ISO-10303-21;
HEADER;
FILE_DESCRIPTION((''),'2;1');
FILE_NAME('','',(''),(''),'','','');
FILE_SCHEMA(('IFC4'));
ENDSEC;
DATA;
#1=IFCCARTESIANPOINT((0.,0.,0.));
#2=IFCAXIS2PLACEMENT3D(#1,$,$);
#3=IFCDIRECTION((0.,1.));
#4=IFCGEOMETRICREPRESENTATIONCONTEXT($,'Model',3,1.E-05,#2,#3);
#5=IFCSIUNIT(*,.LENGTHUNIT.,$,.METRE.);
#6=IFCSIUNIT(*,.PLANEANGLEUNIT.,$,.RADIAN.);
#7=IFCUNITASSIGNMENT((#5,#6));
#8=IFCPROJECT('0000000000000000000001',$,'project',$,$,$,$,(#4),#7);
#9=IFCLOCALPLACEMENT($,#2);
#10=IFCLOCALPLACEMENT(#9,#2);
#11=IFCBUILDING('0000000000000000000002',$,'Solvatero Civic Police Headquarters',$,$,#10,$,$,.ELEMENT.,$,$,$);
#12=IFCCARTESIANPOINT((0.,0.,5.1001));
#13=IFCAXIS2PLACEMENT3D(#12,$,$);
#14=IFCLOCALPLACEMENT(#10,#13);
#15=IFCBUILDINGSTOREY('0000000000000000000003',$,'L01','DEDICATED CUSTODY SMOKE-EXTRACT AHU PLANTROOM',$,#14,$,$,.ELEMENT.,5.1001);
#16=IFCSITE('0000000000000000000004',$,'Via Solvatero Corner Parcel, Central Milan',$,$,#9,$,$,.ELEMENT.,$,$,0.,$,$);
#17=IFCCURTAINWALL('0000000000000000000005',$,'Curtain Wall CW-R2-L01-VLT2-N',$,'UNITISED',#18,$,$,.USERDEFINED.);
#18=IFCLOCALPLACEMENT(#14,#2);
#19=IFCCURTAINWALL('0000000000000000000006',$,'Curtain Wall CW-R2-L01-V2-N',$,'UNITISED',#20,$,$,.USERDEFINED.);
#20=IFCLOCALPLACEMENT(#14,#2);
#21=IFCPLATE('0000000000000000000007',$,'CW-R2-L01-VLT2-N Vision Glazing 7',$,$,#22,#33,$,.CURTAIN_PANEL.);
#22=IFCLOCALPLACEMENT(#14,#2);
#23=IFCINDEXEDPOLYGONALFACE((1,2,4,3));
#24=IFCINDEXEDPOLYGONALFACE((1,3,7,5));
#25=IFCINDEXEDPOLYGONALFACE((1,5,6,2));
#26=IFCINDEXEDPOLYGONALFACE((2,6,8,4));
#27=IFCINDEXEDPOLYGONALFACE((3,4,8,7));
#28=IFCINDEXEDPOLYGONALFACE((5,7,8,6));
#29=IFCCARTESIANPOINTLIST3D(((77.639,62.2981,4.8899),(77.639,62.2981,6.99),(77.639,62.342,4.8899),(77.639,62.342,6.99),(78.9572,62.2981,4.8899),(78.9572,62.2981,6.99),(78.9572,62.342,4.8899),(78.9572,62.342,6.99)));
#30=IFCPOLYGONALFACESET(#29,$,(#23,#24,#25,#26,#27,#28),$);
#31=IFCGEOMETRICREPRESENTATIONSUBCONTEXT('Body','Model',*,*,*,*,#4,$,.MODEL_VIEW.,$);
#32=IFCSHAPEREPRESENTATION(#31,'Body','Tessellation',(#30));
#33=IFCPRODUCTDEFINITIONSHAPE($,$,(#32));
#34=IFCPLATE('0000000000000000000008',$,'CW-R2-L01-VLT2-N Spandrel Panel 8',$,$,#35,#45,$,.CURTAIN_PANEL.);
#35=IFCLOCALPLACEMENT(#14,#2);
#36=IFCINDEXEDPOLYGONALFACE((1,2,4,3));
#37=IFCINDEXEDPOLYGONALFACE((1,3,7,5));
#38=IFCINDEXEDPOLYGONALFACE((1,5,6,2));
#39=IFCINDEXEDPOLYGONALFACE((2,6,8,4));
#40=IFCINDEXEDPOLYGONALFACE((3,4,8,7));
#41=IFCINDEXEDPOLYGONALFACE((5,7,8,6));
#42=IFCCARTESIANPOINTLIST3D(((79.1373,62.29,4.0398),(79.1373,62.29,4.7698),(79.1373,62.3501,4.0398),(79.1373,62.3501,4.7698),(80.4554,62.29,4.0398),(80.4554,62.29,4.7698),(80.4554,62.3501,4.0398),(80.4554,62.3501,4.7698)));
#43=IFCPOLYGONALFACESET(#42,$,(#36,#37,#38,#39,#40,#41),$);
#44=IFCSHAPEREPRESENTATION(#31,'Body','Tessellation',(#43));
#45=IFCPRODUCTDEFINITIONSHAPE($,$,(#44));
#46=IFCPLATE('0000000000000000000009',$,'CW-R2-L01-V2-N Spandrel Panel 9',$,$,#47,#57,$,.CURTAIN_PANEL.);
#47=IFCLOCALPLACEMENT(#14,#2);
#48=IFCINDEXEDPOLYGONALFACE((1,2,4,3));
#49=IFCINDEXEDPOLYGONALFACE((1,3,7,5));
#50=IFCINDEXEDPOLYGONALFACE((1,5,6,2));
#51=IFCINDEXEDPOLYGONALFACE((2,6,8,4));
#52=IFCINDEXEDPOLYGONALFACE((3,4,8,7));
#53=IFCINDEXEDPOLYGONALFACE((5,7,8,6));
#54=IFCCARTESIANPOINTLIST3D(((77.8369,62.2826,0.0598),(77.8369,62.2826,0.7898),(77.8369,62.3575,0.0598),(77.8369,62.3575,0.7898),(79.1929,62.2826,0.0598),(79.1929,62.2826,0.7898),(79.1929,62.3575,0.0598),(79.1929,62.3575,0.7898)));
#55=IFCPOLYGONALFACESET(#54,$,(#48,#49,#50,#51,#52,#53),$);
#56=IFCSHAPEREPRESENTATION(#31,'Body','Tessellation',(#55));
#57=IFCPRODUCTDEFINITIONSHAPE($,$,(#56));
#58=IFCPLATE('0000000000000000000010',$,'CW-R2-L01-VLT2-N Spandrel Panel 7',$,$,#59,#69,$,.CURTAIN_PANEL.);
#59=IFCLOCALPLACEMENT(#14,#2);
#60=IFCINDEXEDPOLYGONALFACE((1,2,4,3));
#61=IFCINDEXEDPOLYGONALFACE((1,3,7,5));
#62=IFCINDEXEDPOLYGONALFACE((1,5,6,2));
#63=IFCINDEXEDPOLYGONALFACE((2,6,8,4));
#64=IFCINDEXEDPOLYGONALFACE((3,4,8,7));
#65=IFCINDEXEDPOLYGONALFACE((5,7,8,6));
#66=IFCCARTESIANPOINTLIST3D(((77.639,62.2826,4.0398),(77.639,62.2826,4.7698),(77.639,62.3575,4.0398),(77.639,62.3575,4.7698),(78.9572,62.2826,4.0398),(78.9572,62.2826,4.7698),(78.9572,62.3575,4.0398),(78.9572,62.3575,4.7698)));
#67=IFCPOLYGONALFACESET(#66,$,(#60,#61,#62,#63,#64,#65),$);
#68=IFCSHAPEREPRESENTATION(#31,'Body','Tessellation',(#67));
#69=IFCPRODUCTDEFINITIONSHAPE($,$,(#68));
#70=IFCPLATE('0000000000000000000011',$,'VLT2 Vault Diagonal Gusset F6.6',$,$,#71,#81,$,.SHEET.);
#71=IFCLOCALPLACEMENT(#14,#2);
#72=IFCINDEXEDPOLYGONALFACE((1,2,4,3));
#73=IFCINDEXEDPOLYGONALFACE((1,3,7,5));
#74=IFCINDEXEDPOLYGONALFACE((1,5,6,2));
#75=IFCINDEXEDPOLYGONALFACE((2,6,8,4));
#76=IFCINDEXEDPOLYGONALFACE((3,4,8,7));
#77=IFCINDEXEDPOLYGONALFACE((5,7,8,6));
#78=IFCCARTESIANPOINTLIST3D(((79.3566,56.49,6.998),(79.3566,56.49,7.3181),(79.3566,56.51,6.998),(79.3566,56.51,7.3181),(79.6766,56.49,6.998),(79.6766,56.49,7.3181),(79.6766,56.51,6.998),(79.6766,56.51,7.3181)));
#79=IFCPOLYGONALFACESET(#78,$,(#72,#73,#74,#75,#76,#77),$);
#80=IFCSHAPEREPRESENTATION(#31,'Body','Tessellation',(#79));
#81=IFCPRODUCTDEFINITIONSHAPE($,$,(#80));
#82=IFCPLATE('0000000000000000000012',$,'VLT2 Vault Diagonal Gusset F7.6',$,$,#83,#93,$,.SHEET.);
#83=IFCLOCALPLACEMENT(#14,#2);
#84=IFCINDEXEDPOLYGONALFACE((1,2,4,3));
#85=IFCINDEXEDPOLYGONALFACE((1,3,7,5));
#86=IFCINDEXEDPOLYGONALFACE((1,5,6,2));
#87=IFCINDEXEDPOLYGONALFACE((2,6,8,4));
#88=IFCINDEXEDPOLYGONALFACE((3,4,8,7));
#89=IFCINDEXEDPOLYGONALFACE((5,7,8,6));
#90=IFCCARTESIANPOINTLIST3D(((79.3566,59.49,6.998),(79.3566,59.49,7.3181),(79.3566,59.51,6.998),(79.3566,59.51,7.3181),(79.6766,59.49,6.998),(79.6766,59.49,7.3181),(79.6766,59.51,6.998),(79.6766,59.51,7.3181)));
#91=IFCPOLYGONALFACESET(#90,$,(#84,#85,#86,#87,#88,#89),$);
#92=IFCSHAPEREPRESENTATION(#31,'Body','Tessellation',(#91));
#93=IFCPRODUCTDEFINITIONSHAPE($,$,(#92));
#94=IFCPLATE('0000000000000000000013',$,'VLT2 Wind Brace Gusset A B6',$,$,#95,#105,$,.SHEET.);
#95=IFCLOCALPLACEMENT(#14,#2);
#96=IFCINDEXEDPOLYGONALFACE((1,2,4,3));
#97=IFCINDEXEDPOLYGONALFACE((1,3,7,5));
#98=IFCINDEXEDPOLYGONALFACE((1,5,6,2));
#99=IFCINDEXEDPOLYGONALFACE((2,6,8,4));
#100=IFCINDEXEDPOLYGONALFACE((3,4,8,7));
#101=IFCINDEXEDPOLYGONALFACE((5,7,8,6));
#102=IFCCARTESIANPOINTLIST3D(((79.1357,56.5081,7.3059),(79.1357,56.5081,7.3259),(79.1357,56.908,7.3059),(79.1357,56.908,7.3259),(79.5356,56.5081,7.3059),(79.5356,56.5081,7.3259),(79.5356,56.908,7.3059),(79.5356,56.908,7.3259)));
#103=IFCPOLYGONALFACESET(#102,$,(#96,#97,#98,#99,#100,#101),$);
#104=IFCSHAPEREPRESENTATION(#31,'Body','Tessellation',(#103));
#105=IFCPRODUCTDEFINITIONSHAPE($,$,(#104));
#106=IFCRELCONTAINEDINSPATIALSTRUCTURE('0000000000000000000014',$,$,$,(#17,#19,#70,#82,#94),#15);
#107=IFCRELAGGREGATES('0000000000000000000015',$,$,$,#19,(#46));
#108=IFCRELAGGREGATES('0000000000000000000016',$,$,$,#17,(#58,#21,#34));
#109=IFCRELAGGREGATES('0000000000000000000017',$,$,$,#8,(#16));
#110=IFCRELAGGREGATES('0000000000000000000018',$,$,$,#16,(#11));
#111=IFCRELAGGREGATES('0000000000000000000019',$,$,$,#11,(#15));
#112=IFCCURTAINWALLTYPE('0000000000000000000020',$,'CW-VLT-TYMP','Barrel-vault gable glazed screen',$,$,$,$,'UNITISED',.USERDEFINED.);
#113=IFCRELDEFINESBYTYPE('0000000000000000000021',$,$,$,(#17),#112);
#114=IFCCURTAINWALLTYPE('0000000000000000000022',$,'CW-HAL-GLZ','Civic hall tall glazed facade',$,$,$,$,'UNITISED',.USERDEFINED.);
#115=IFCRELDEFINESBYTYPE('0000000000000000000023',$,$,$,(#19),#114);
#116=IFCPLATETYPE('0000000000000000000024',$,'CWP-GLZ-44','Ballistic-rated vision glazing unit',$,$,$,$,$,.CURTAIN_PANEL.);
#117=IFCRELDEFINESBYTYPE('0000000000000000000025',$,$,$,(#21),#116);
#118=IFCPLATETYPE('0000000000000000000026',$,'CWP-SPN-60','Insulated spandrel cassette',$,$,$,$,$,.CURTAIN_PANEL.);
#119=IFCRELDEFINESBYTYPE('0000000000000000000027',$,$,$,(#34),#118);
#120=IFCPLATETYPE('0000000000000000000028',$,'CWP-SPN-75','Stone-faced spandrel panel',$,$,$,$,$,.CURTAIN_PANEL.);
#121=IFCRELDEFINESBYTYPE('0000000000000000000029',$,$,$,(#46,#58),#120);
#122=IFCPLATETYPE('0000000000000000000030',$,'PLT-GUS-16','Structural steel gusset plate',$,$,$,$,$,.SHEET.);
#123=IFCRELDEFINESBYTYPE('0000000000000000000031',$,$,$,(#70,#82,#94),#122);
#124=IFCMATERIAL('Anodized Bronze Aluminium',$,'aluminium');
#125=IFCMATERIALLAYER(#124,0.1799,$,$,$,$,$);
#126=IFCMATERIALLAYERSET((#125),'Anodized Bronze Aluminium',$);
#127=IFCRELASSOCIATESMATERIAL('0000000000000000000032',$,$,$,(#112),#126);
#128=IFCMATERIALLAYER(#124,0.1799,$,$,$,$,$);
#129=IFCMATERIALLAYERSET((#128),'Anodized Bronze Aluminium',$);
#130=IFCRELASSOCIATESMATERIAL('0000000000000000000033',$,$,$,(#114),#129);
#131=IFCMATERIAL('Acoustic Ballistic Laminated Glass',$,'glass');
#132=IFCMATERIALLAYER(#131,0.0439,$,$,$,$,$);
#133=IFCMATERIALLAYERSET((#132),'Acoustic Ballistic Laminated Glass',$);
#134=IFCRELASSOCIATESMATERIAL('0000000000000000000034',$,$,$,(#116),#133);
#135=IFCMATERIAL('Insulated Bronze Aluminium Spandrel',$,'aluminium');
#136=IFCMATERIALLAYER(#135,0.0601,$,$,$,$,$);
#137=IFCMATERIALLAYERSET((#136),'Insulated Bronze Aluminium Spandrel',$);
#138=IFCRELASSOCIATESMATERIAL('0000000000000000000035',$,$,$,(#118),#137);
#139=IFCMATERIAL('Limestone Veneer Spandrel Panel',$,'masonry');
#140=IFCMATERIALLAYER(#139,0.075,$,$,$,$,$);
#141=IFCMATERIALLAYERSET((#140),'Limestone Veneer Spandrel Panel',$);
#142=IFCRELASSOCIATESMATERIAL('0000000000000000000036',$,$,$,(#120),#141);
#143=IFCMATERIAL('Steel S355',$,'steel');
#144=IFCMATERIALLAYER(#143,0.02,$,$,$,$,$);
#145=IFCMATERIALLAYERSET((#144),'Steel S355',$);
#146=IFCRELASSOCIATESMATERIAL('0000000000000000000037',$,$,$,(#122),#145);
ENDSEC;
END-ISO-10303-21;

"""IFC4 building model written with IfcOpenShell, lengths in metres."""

from ifc_helpers import new_model, si_unit, direction, frame, origin, origin_2d, place, context, subcontext, project, spatial, rectangle, extrude, material, layer, layer_set, type_object, element, aggregate, save


model = new_model("IFC4")

# Units and contexts
model_context = context("Model", 3, precision=1e-05, world=origin(), true_north=direction((0.0, 1.0)))
body_context = subcontext(model_context, "Body", "Model", "MODEL_VIEW")
ifc_project = project(units=[si_unit("LENGTHUNIT", "METRE"), si_unit("PLANEANGLEUNIT", "RADIAN")], contexts=[model_context])

# Site, building, storey
site_placement = place(None, origin())
site = spatial("IfcSite", under=ifc_project, at=site_placement, Name="Via Solvatero Corner Parcel, Central Milan", CompositionType="ELEMENT", RefElevation=0.0)
building_placement = place(site_placement, origin())
building = spatial("IfcBuilding", under=site, at=building_placement, Name="Solvatero Civic Police Headquarters", CompositionType="ELEMENT")
storey_placement = place(building_placement, frame((0.0, 0.0, 5.1001)))
storey = spatial("IfcBuildingStorey", under=building, at=storey_placement, Name="L01", Description="DEDICATED CUSTODY SMOKE-EXTRACT AHU PLANTROOM", CompositionType="ELEMENT", Elevation=5.1001)

# Shared definitions
ifc_material_1 = material(Name="Steel S355", Category="steel")

# Curtain walls
ifc_material_2 = material(Name="Anodized Bronze Aluminium", Category="aluminium")
ifc_layer_1 = layer(ifc_material_2, 0.1799)
ifc_layer_set_1 = layer_set([ifc_layer_1], Name="Anodized Bronze Aluminium")
curtain_wall_type_1 = type_object("IfcCurtainWallType", Name="CW-VLT-TYMP", Description="Barrel-vault gable glazed screen", ElementType="UNITISED", PredefinedType="USERDEFINED", material=ifc_layer_set_1)
curtain_wall_1_placement = place(storey_placement, origin())
curtain_wall_1 = element("IfcCurtainWall", 1, at=curtain_wall_1_placement, inside=storey, type_object=curtain_wall_type_1, Name="Curtain Wall CW-R2-L01-VLT2-N", ObjectType="UNITISED", PredefinedType="USERDEFINED")
ifc_layer_2 = layer(ifc_material_2, 0.1799)
ifc_layer_set_2 = layer_set([ifc_layer_2], Name="Anodized Bronze Aluminium")
curtain_wall_type_2 = type_object("IfcCurtainWallType", Name="CW-HAL-GLZ", Description="Civic hall tall glazed facade", ElementType="UNITISED", PredefinedType="USERDEFINED", material=ifc_layer_set_2)
curtain_wall_2_placement = place(storey_placement, origin())
curtain_wall_2 = element("IfcCurtainWall", 2, at=curtain_wall_2_placement, inside=storey, type_object=curtain_wall_type_2, Name="Curtain Wall CW-R2-L01-V2-N", ObjectType="UNITISED", PredefinedType="USERDEFINED")

# Plates
ifc_material_3 = material(Name="Acoustic Ballistic Laminated Glass", Category="glass")
ifc_layer_3 = layer(ifc_material_3, 0.0439)
ifc_layer_set_3 = layer_set([ifc_layer_3], Name="Acoustic Ballistic Laminated Glass")
plate_type_1 = type_object("IfcPlateType", Name="CWP-GLZ-44", Description="Ballistic-rated vision glazing unit", PredefinedType="CURTAIN_PANEL", material=ifc_layer_set_3)
plate_1_placement = place(storey_placement, frame((78.2981, 62.3201, 4.8899), z_axis=(0.0, 0.0, 1.0), x_axis=(1.0, 0.0, 0.0)))
plate_1 = element("IfcPlate", 3, at=plate_1_placement, type_object=plate_type_1, Name="CW-R2-L01-VLT2-N Vision Glazing 7", PredefinedType="CURTAIN_PANEL", context=body_context, shape_type="SweptSolid", body=[
    extrude(rectangle(XDim=1.3181, YDim=0.0439, at=origin_2d()), origin(), (0.0, 0.0, 1.0), 2.1001),
])
ifc_material_4 = material(Name="Insulated Bronze Aluminium Spandrel", Category="aluminium")
ifc_layer_4 = layer(ifc_material_4, 0.0601)
ifc_layer_set_4 = layer_set([ifc_layer_4], Name="Insulated Bronze Aluminium Spandrel")
plate_type_2 = type_object("IfcPlateType", Name="CWP-SPN-60", Description="Insulated spandrel cassette", PredefinedType="CURTAIN_PANEL", material=ifc_layer_set_4)
plate_2_placement = place(storey_placement, frame((79.7964, 62.3201, 4.0398), z_axis=(0.0, 0.0, 1.0), x_axis=(1.0, 0.0, 0.0)))
plate_2 = element("IfcPlate", 4, at=plate_2_placement, type_object=plate_type_2, Name="CW-R2-L01-VLT2-N Spandrel Panel 8", PredefinedType="CURTAIN_PANEL", context=body_context, shape_type="SweptSolid", body=[
    extrude(rectangle(XDim=1.3181, YDim=0.0601, at=origin_2d()), origin(), (0.0, 0.0, 1.0), 0.73),
])
ifc_material_5 = material(Name="Limestone Veneer Spandrel Panel", Category="masonry")
ifc_layer_5 = layer(ifc_material_5, 0.075)
ifc_layer_set_5 = layer_set([ifc_layer_5], Name="Limestone Veneer Spandrel Panel")
plate_type_3 = type_object("IfcPlateType", Name="CWP-SPN-75", Description="Stone-faced spandrel panel", PredefinedType="CURTAIN_PANEL", material=ifc_layer_set_5)
plate_3_placement = place(storey_placement, frame((78.5149, 62.3201, 0.0598), z_axis=(0.0, 0.0, 1.0), x_axis=(1.0, 0.0, 0.0)))
plate_3 = element("IfcPlate", 5, at=plate_3_placement, type_object=plate_type_3, Name="CW-R2-L01-V2-N Spandrel Panel 9", PredefinedType="CURTAIN_PANEL", context=body_context, shape_type="SweptSolid", body=[
    extrude(rectangle(XDim=1.356, YDim=0.075, at=origin_2d()), origin(), (0.0, 0.0, 1.0), 0.73),
])
aggregate(curtain_wall_2, [plate_3])
plate_4_placement = place(storey_placement, frame((78.2981, 62.3201, 4.0398), z_axis=(0.0, 0.0, 1.0), x_axis=(1.0, 0.0, 0.0)))
plate_4 = element("IfcPlate", 6, at=plate_4_placement, type_object=plate_type_3, Name="CW-R2-L01-VLT2-N Spandrel Panel 7", PredefinedType="CURTAIN_PANEL", context=body_context, shape_type="SweptSolid", body=[
    extrude(rectangle(XDim=1.3181, YDim=0.075, at=origin_2d()), origin(), (0.0, 0.0, 1.0), 0.73),
])
aggregate(curtain_wall_1, [plate_4, plate_1, plate_2])

# Plates
ifc_layer_6 = layer(ifc_material_1, 0.02)
ifc_layer_set_6 = layer_set([ifc_layer_6], Name="Steel S355")
plate_type_4 = type_object("IfcPlateType", Name="PLT-GUS-16", Description="Structural steel gusset plate", PredefinedType="SHEET", material=ifc_layer_set_6)
for number, where, z_axis, x_axis, name in (
    (7, (79.5166, 56.5, 6.998), (0.0, 0.0, 1.0), (1.0, 0.0, 0.0), "VLT2 Vault Diagonal Gusset F6.6"),
    (8, (79.5166, 59.5, 6.998), (0.0, 0.0, 1.0), (1.0, 0.0, 0.0), "VLT2 Vault Diagonal Gusset F7.6"),
):
    element("IfcPlate", number, at=place(storey_placement, frame(where, z_axis=z_axis, x_axis=x_axis)), inside=storey, type_object=plate_type_4, Name=name, PredefinedType="SHEET", context=body_context, shape_type="SweptSolid", body=[
        extrude(rectangle(XDim=0.3201, YDim=0.02, at=origin_2d()), origin(), (0.0, 0.0, 1.0), 0.3201),
    ])
plate_5_placement = place(storey_placement, frame((79.3357, 56.708, 7.3059), z_axis=(0.0, 0.0, 1.0), x_axis=(1.0, 0.0, 0.0)))
element("IfcPlate", 9, at=plate_5_placement, inside=storey, type_object=plate_type_4, Name="VLT2 Wind Brace Gusset A B6", PredefinedType="SHEET", context=body_context, shape_type="SweptSolid", body=[
    extrude(rectangle(XDim=0.3999, YDim=0.3999, at=origin_2d()), origin(), (0.0, 0.0, 1.0), 0.02),
])

save(model, "model.ifc")
